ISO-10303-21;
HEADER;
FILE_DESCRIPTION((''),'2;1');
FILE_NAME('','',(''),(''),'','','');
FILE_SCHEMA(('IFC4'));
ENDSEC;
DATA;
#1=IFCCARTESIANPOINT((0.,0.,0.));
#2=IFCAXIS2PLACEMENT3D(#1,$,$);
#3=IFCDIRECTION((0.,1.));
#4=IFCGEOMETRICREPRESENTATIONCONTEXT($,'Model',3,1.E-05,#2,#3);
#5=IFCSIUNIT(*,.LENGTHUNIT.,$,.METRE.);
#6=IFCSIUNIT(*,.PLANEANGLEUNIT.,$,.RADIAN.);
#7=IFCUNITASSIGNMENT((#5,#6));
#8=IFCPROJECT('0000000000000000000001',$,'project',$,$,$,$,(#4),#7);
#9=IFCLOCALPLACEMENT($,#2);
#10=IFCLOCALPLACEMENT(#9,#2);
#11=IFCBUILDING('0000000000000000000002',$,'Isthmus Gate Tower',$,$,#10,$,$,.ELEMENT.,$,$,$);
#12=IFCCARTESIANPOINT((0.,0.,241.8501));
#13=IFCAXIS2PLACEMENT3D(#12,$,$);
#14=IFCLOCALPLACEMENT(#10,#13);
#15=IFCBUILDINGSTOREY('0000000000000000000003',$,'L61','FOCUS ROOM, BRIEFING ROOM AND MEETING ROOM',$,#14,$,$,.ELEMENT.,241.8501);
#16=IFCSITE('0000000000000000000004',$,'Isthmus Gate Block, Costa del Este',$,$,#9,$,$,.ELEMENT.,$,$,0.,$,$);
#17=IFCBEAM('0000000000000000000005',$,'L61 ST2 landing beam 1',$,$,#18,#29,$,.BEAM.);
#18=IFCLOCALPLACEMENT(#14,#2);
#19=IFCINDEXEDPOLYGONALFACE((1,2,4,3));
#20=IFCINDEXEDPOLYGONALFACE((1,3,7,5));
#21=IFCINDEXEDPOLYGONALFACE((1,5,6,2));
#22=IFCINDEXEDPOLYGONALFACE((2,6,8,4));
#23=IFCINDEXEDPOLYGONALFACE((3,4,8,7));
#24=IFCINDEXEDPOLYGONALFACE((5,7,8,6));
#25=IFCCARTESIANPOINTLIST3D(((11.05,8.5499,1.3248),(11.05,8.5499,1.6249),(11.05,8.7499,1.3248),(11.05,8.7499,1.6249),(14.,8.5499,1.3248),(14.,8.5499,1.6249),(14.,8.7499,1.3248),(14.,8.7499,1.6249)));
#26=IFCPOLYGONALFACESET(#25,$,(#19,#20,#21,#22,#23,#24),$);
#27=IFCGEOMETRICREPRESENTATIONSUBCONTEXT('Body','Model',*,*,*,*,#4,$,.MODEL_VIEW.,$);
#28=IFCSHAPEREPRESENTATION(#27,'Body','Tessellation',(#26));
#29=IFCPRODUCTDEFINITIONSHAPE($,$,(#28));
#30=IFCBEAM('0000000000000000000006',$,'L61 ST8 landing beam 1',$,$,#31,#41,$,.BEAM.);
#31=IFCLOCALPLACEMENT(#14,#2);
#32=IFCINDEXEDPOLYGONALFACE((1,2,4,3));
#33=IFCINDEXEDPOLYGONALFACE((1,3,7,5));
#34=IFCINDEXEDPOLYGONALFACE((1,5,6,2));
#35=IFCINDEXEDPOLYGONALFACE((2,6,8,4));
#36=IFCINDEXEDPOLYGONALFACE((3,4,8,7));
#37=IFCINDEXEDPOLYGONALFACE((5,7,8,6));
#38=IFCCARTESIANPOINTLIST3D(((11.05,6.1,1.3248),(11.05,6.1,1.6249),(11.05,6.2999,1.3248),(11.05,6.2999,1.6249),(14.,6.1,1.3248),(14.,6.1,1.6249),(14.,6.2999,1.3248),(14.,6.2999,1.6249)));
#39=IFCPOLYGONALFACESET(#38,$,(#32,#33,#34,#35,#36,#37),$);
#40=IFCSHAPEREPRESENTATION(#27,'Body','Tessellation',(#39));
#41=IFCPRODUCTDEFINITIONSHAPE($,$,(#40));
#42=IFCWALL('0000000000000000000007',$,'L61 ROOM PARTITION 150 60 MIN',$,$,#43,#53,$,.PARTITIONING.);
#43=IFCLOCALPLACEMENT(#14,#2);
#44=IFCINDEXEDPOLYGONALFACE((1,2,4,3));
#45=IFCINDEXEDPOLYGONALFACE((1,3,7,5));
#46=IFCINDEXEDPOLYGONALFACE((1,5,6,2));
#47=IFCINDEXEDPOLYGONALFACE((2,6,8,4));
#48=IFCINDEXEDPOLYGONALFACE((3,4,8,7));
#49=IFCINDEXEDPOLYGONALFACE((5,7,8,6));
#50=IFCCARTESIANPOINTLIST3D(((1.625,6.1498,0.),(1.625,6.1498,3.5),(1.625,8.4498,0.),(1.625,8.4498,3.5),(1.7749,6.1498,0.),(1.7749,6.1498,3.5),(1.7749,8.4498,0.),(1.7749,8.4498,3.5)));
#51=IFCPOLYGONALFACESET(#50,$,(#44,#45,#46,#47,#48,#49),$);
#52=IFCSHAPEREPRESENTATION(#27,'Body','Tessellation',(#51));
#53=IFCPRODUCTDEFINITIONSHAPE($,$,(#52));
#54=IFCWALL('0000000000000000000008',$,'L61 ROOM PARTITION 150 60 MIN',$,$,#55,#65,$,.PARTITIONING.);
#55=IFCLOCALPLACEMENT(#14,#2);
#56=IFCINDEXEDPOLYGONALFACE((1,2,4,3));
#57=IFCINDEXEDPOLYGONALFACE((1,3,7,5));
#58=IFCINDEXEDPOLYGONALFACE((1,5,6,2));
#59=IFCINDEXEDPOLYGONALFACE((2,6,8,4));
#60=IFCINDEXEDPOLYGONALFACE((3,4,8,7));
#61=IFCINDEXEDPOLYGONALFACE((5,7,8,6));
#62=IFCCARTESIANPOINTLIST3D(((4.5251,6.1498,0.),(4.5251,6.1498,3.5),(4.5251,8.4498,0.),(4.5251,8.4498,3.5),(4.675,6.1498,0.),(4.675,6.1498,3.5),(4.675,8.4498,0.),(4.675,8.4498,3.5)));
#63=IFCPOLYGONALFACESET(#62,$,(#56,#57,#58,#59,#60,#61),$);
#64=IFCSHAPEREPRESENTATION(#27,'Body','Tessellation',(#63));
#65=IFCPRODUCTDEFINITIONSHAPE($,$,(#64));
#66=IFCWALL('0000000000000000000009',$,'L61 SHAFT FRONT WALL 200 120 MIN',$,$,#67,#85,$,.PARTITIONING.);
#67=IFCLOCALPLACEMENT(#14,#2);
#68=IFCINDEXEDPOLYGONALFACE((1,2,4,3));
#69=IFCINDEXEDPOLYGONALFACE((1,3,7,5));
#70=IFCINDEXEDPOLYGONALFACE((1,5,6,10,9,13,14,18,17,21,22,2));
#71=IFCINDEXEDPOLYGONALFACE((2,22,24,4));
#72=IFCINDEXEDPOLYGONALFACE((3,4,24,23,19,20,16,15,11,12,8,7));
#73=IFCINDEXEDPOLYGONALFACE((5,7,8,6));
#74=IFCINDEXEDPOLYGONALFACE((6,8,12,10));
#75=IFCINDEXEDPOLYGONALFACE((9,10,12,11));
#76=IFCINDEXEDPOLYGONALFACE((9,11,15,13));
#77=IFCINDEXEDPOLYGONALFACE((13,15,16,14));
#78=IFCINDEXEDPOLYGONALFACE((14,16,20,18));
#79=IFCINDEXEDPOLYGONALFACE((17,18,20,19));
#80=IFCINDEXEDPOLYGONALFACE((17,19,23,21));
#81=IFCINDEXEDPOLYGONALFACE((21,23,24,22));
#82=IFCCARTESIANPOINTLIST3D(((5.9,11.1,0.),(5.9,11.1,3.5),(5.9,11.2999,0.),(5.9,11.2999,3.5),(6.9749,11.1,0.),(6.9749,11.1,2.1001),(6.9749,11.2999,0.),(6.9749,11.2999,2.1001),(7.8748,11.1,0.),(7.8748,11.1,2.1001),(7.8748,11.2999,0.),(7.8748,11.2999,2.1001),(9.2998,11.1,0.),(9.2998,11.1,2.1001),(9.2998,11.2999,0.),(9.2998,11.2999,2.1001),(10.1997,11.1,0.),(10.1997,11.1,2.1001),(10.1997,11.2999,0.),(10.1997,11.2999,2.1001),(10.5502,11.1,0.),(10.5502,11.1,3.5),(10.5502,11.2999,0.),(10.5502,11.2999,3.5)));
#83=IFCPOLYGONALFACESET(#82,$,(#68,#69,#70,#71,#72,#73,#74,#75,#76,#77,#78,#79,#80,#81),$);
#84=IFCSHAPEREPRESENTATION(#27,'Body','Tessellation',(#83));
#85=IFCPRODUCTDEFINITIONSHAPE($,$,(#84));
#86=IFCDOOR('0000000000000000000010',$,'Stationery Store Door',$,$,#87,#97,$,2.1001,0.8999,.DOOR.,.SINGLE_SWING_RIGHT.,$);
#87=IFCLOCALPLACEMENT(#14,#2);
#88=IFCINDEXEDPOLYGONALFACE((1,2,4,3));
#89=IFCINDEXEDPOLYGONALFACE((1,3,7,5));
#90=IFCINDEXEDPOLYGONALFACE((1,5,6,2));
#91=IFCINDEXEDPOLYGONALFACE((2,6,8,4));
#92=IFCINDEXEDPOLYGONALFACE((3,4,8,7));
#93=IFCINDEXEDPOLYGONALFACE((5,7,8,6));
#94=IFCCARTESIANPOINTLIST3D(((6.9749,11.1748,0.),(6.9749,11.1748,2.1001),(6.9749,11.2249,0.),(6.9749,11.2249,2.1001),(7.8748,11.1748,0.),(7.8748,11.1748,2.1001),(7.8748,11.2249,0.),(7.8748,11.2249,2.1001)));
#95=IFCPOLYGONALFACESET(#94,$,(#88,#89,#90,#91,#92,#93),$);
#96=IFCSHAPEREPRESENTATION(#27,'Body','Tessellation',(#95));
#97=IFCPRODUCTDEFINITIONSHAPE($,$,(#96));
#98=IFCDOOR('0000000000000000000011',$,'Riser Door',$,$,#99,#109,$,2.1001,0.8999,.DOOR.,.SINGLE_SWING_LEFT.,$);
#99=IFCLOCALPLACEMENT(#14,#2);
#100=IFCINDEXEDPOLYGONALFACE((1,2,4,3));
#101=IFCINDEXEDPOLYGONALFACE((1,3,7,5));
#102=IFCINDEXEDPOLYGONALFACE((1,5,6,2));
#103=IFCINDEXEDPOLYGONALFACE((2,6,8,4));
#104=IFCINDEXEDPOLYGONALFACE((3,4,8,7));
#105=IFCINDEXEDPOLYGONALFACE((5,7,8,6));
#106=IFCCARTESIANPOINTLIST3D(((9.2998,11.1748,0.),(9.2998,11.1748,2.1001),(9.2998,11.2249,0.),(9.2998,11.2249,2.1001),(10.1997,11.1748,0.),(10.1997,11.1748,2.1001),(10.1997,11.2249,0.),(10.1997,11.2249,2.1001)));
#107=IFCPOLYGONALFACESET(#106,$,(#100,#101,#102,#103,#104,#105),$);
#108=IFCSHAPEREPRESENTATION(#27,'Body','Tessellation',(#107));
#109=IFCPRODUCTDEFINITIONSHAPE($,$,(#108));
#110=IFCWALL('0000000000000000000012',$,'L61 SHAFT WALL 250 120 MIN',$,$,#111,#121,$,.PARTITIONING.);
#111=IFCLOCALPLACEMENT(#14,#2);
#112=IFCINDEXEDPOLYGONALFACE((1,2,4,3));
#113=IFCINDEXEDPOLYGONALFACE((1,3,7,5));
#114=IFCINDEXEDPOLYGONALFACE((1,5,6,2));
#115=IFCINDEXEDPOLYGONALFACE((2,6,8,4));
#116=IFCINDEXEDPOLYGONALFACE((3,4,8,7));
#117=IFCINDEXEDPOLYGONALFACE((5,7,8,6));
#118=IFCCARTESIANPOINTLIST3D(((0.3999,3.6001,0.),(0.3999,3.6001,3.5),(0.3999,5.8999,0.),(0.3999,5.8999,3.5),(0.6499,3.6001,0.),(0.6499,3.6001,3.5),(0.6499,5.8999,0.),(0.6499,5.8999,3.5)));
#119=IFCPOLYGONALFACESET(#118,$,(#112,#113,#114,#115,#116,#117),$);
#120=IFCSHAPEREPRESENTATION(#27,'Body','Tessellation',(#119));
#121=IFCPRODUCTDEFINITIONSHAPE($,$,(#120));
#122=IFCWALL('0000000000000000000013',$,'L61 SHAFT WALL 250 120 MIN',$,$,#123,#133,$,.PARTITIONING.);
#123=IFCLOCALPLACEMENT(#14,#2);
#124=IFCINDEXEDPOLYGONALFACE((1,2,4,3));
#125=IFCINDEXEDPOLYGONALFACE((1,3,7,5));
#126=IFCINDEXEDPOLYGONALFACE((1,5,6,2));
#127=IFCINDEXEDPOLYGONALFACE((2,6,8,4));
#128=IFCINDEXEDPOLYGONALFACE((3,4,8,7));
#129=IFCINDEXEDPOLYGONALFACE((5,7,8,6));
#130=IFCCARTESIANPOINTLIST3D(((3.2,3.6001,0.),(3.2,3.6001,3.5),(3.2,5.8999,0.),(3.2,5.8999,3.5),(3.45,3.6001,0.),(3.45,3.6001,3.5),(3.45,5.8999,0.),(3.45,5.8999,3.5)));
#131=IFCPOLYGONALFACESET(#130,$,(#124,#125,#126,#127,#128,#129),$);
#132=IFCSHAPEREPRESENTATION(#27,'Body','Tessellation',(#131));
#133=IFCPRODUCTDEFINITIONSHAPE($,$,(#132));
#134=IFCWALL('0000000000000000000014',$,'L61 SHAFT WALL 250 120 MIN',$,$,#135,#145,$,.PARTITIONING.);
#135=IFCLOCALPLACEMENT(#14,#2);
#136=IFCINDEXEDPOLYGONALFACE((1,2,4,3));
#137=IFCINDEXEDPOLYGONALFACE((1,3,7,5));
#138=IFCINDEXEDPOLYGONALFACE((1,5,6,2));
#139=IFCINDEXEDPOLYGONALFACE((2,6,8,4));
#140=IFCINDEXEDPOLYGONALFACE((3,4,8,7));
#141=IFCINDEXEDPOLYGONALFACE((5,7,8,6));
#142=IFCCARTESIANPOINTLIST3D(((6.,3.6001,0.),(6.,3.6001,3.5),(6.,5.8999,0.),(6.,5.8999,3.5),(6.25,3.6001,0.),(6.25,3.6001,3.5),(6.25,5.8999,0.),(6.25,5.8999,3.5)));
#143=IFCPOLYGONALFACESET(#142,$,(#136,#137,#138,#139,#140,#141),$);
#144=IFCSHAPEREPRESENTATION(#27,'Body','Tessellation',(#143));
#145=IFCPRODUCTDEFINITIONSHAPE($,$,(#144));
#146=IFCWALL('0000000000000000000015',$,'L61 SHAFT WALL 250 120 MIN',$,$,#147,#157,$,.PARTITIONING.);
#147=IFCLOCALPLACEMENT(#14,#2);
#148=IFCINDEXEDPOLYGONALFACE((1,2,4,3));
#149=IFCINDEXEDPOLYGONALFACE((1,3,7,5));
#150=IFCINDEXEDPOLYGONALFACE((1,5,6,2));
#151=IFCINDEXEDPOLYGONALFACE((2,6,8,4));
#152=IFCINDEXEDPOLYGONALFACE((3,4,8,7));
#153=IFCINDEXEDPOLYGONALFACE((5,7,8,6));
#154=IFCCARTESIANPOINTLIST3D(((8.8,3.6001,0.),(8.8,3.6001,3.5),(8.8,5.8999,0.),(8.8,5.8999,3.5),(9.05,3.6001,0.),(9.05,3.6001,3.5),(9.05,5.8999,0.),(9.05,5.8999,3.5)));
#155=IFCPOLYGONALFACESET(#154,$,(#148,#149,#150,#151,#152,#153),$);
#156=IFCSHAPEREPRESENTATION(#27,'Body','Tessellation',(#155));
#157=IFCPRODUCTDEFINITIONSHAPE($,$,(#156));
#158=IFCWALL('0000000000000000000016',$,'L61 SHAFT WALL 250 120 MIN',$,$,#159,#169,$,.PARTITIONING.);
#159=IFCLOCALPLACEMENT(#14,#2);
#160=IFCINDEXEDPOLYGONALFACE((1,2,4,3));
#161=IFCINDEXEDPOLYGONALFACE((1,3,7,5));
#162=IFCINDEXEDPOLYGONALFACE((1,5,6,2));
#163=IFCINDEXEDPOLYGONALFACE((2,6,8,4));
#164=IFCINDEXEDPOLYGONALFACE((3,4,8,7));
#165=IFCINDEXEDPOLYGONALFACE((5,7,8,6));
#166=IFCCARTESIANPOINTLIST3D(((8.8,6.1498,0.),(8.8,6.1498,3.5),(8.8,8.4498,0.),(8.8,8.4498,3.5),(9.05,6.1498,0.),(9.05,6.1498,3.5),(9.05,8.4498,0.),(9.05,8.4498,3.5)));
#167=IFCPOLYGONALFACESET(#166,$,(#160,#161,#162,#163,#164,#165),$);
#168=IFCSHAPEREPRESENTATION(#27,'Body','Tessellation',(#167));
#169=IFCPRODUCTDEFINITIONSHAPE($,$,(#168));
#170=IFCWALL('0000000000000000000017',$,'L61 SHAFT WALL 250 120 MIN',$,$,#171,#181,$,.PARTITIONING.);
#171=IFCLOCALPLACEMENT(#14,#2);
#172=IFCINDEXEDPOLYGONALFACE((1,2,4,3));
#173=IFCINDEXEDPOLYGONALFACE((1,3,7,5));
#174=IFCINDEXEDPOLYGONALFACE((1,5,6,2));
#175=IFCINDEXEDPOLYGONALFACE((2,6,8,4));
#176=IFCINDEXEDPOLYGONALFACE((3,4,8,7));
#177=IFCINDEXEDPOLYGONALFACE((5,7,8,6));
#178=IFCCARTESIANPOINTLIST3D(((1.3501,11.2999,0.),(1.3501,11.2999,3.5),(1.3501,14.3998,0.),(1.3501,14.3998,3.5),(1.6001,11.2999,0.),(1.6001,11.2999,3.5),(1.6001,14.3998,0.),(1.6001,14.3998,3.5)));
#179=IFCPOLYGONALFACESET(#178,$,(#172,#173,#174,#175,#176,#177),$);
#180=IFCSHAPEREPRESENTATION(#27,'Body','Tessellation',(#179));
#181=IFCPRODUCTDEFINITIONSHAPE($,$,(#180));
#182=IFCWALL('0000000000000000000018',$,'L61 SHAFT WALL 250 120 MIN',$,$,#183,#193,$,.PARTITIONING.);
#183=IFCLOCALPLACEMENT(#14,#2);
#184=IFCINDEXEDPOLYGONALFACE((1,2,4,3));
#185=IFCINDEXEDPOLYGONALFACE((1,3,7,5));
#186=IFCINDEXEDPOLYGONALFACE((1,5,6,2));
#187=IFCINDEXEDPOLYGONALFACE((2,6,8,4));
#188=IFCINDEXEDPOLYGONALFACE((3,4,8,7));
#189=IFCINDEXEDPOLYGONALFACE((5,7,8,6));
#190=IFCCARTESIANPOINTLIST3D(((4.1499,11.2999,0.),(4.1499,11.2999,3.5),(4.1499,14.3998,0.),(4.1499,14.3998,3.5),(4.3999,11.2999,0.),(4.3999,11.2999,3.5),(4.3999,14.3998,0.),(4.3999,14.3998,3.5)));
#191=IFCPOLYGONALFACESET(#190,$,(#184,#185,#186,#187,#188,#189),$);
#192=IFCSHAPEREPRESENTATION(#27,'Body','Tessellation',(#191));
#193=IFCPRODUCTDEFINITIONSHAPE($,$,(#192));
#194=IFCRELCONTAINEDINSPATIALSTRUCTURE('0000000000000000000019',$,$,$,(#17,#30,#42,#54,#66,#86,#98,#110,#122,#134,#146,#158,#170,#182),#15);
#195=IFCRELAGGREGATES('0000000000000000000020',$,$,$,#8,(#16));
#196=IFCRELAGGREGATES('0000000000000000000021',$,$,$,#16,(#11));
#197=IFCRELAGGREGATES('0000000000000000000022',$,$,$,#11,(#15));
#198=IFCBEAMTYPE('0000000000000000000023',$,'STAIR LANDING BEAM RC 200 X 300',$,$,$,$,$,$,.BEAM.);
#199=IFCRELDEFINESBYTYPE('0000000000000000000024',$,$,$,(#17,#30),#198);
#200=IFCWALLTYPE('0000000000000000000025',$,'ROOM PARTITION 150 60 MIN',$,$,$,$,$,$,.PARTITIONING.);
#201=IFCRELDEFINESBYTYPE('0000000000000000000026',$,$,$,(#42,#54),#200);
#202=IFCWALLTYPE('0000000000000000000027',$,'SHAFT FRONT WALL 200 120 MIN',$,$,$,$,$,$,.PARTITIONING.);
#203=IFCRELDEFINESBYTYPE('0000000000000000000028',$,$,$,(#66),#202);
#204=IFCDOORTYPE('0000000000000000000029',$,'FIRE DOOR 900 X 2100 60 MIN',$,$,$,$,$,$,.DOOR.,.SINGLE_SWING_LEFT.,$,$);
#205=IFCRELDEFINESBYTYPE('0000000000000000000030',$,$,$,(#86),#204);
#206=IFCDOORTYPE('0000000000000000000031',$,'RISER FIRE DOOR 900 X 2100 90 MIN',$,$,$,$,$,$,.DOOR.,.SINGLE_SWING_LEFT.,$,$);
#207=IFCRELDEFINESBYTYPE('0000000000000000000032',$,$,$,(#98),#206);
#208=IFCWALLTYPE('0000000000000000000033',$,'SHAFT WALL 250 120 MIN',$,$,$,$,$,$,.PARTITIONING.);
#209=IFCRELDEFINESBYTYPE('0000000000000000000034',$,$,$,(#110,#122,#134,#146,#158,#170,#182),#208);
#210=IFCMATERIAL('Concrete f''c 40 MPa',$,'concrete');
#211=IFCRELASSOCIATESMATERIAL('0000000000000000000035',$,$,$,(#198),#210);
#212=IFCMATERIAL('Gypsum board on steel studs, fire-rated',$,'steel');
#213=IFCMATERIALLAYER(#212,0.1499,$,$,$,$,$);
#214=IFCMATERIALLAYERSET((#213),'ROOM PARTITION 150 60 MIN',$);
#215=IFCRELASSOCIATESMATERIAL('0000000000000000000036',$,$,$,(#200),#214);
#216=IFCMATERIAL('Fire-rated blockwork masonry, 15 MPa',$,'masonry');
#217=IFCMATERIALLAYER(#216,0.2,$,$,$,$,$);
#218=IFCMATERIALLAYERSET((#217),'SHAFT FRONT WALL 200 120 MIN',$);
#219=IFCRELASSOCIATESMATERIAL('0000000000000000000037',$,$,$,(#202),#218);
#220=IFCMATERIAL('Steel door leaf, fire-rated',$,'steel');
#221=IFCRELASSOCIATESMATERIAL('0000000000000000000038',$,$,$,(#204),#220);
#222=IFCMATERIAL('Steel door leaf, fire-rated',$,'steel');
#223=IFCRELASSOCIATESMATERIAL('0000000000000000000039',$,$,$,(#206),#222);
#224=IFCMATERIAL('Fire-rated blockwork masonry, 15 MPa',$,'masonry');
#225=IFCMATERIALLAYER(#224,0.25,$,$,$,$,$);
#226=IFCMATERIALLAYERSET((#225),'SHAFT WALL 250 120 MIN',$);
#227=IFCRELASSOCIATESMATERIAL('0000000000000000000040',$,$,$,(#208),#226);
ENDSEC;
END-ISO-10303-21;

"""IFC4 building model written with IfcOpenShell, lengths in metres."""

from ifc_helpers import new_model, si_unit, direction, frame, frame_2d, origin, origin_2d, place, context, subcontext, project, spatial, rectangle, extrude, material, layer, layer_set, material_profile, profile_set, type_object, element, fill, save


model = new_model("IFC4")

# Units and contexts
model_context = context("Model", 3, precision=1e-05, world=origin(), true_north=direction((0.0, 1.0)))
body_context = subcontext(model_context, "Body", "Model", "MODEL_VIEW")
ifc_project = project(units=[si_unit("LENGTHUNIT", "METRE"), si_unit("PLANEANGLEUNIT", "RADIAN")], contexts=[model_context])

# Site, building, storey
site_placement = place(None, origin())
site = spatial("IfcSite", under=ifc_project, at=site_placement, Name="Isthmus Gate Block, Costa del Este", CompositionType="ELEMENT", RefElevation=0.0)
building_placement = place(site_placement, origin())
building = spatial("IfcBuilding", under=site, at=building_placement, Name="Isthmus Gate Tower", CompositionType="ELEMENT")
storey_placement = place(building_placement, frame((0.0, 0.0, 241.8501)))
storey = spatial("IfcBuildingStorey", under=building, at=storey_placement, Name="L61", Description="FOCUS ROOM, BRIEFING ROOM AND MEETING ROOM", CompositionType="ELEMENT", Elevation=241.8501)

# Beams
ifc_material_1 = material(Name="Concrete f'c 40 MPa", Category="concrete")
ifc_material_profile = material_profile(ifc_material_1, rectangle(XDim=0.2, YDim=0.3, at=origin_2d()), Name="STAIR LANDING BEAM RC 200 X 300")
ifc_profile_set = profile_set([ifc_material_profile], Name="Concrete f'c 40 MPa")
beam_type = type_object("IfcBeamType", Name="STAIR LANDING BEAM RC 200 X 300", PredefinedType="BEAM", material=ifc_profile_set)
for number, where, z_axis, x_axis, name in (
    (1, (11.05, 8.6499, 1.4749), (1.0, 0.0, 0.0), (0.0, 1.0, 0.0), "L61 ST2 landing beam 1"),
    (2, (11.05, 6.2, 1.4749), (1.0, 0.0, 0.0), (0.0, 1.0, 0.0), "L61 ST8 landing beam 1"),
):
    element("IfcBeam", number, at=place(storey_placement, frame(where, z_axis=z_axis, x_axis=x_axis)), inside=storey, type_object=beam_type, Name=name, PredefinedType="BEAM", context=body_context, shape_type="SweptSolid", body=[
        extrude(rectangle(XDim=0.2, YDim=0.3, at=origin_2d()), origin(), (0.0, 0.0, 1.0), 2.95),
    ])

# Walls
ifc_material_2 = material(Name="Gypsum board on steel studs, fire-rated", Category="steel")
ifc_layer_1 = layer(ifc_material_2, 0.1499)
ifc_layer_set_1 = layer_set([ifc_layer_1], Name="ROOM PARTITION 150 60 MIN")
wall_type_1 = type_object("IfcWallType", Name="ROOM PARTITION 150 60 MIN", PredefinedType="PARTITIONING", material=ifc_layer_set_1)
for number, where, z_axis, x_axis, name in (
    (3, (1.7, 6.1499, 0.0), (0.0, 0.0, 1.0), (0.0, 1.0, 0.0), "L61 ROOM PARTITION 150 60 MIN"),
    (4, (4.6001, 6.1499, 0.0), (0.0, 0.0, 1.0), (0.0, 1.0, 0.0), "L61 ROOM PARTITION 150 60 MIN"),
):
    element("IfcWall", number, at=place(storey_placement, frame(where, z_axis=z_axis, x_axis=x_axis)), inside=storey, type_object=wall_type_1, Name=name, PredefinedType="PARTITIONING", context=body_context, shape_type="SweptSolid", body=[
        extrude(rectangle(XDim=2.3, YDim=0.1499, at=frame_2d((1.1499, 0.0))), origin(), (0.0, 0.0, 1.0), 3.5),
    ])

# Wall, openings, doors
ifc_material_3 = material(Name="Fire-rated blockwork masonry, 15 MPa", Category="masonry")
ifc_layer_2 = layer(ifc_material_3, 0.2)
ifc_layer_set_2 = layer_set([ifc_layer_2], Name="SHAFT FRONT WALL 200 120 MIN")
wall_type_2 = type_object("IfcWallType", Name="SHAFT FRONT WALL 200 120 MIN", PredefinedType="PARTITIONING", material=ifc_layer_set_2)
wall_1_placement = place(storey_placement, frame((5.8999, 11.2, 0.0), z_axis=(0.0, 0.0, 1.0), x_axis=(1.0, 0.0, 0.0)))
wall_1 = element("IfcWall", 5, at=wall_1_placement, inside=storey, type_object=wall_type_2, Name="L61 SHAFT FRONT WALL 200 120 MIN", PredefinedType="PARTITIONING", context=body_context, shape_type="SweptSolid", body=[
    extrude(rectangle(XDim=4.6501, YDim=0.2, at=frame_2d((2.3252, 0.0))), origin(), (0.0, 0.0, 1.0), 3.5),
])
opening_1_placement = place(wall_1_placement, frame((1.075, 0.0, 0.0)))
opening_1 = element("IfcOpeningElement", 6, at=opening_1_placement, cuts=wall_1, PredefinedType="OPENING", context=body_context, shape_type="SweptSolid", body=[
    extrude(rectangle(XDim=0.8999, YDim=2.1001, at=frame_2d((0.45, 1.05))), frame((0.0, 0.1099, 0.0), z_axis=(0.0, -1.0, 0.0), x_axis=(1.0, 0.0, 0.0)), (0.0, 0.0, 1.0), 0.22),
])
opening_2_placement = place(wall_1_placement, frame((3.3999, 0.0, 0.0)))
opening_2 = element("IfcOpeningElement", 7, at=opening_2_placement, cuts=wall_1, PredefinedType="OPENING", context=body_context, shape_type="SweptSolid", body=[
    extrude(rectangle(XDim=0.8999, YDim=2.1001, at=frame_2d((0.45, 1.05))), frame((0.0, 0.1099, 0.0), z_axis=(0.0, -1.0, 0.0), x_axis=(1.0, 0.0, 0.0)), (0.0, 0.0, 1.0), 0.22),
])
ifc_material_4 = material(Name="Steel door leaf, fire-rated", Category="steel")
door_type_1 = type_object("IfcDoorType", Name="FIRE DOOR 900 X 2100 60 MIN", OperationType="SINGLE_SWING_LEFT", PredefinedType="DOOR", material=ifc_material_4)
door_1_placement = place(opening_1_placement, origin())
door_1 = element("IfcDoor", 8, at=door_1_placement, inside=storey, type_object=door_type_1, Name="Stationery Store Door", OperationType="SINGLE_SWING_RIGHT", OverallHeight=2.1001, OverallWidth=0.8999, PredefinedType="DOOR", context=body_context, shape_type="SweptSolid", body=[
    extrude(rectangle(XDim=0.8999, YDim=2.1001, at=frame_2d((0.45, 1.05))), frame((0.0, 0.0249, 0.0), z_axis=(0.0, -1.0, 0.0), x_axis=(1.0, 0.0, 0.0)), (0.0, 0.0, 1.0), 0.05),
])
fill(opening_1, door_1)
ifc_material_5 = material(Name="Steel door leaf, fire-rated", Category="steel")
door_type_2 = type_object("IfcDoorType", Name="RISER FIRE DOOR 900 X 2100 90 MIN", OperationType="SINGLE_SWING_LEFT", PredefinedType="DOOR", material=ifc_material_5)
door_2_placement = place(opening_2_placement, origin())
door_2 = element("IfcDoor", 9, at=door_2_placement, inside=storey, type_object=door_type_2, Name="Riser Door", OperationType="SINGLE_SWING_LEFT", OverallHeight=2.1001, OverallWidth=0.8999, PredefinedType="DOOR", context=body_context, shape_type="SweptSolid", body=[
    extrude(rectangle(XDim=0.8999, YDim=2.1001, at=frame_2d((0.45, 1.05))), frame((0.0, 0.0249, 0.0), z_axis=(0.0, -1.0, 0.0), x_axis=(1.0, 0.0, 0.0)), (0.0, 0.0, 1.0), 0.05),
])
fill(opening_2, door_2)

# Walls
ifc_material_6 = material(Name="Fire-rated blockwork masonry, 15 MPa", Category="masonry")
ifc_layer_3 = layer(ifc_material_6, 0.25)
ifc_layer_set_3 = layer_set([ifc_layer_3], Name="SHAFT WALL 250 120 MIN")
wall_type_3 = type_object("IfcWallType", Name="SHAFT WALL 250 120 MIN", PredefinedType="PARTITIONING", material=ifc_layer_set_3)
for number, where, z_axis, x_axis, name in (
    (10, (0.5249, 3.6001, 0.0), (0.0, 0.0, 1.0), (0.0, 1.0, 0.0), "L61 SHAFT WALL 250 120 MIN"),
    (11, (3.325, 3.6001, 0.0), (0.0, 0.0, 1.0), (0.0, 1.0, 0.0), "L61 SHAFT WALL 250 120 MIN"),
    (12, (6.125, 3.6001, 0.0), (0.0, 0.0, 1.0), (0.0, 1.0, 0.0), "L61 SHAFT WALL 250 120 MIN"),
    (13, (8.925, 3.6001, 0.0), (0.0, 0.0, 1.0), (0.0, 1.0, 0.0), "L61 SHAFT WALL 250 120 MIN"),
):
    element("IfcWall", number, at=place(storey_placement, frame(where, z_axis=z_axis, x_axis=x_axis)), inside=storey, type_object=wall_type_3, Name=name, PredefinedType="PARTITIONING", context=body_context, shape_type="SweptSolid", body=[
        extrude(rectangle(XDim=2.2998, YDim=0.25, at=frame_2d((1.1499, 0.0))), origin(), (0.0, 0.0, 1.0), 3.5),
    ])
wall_2_placement = place(storey_placement, frame((8.925, 6.1499, 0.0), z_axis=(0.0, 0.0, 1.0), x_axis=(0.0, 1.0, 0.0)))
element("IfcWall", 14, at=wall_2_placement, inside=storey, type_object=wall_type_3, Name="L61 SHAFT WALL 250 120 MIN", PredefinedType="PARTITIONING", context=body_context, shape_type="SweptSolid", body=[
    extrude(rectangle(XDim=2.3, YDim=0.25, at=frame_2d((1.1499, 0.0))), origin(), (0.0, 0.0, 1.0), 3.5),
])
for number, where, z_axis, x_axis, name in (
    (15, (1.4751, 11.3, 0.0), (0.0, 0.0, 1.0), (0.0, 1.0, 0.0), "L61 SHAFT WALL 250 120 MIN"),
    (16, (4.2749, 11.3, 0.0), (0.0, 0.0, 1.0), (0.0, 1.0, 0.0), "L61 SHAFT WALL 250 120 MIN"),
):
    element("IfcWall", number, at=place(storey_placement, frame(where, z_axis=z_axis, x_axis=x_axis)), inside=storey, type_object=wall_type_3, Name=name, PredefinedType="PARTITIONING", context=body_context, shape_type="SweptSolid", body=[
        extrude(rectangle(XDim=3.0999, YDim=0.25, at=frame_2d((1.5498, 0.0))), origin(), (0.0, 0.0, 1.0), 3.5),
    ])

save(model, "model.ifc")
